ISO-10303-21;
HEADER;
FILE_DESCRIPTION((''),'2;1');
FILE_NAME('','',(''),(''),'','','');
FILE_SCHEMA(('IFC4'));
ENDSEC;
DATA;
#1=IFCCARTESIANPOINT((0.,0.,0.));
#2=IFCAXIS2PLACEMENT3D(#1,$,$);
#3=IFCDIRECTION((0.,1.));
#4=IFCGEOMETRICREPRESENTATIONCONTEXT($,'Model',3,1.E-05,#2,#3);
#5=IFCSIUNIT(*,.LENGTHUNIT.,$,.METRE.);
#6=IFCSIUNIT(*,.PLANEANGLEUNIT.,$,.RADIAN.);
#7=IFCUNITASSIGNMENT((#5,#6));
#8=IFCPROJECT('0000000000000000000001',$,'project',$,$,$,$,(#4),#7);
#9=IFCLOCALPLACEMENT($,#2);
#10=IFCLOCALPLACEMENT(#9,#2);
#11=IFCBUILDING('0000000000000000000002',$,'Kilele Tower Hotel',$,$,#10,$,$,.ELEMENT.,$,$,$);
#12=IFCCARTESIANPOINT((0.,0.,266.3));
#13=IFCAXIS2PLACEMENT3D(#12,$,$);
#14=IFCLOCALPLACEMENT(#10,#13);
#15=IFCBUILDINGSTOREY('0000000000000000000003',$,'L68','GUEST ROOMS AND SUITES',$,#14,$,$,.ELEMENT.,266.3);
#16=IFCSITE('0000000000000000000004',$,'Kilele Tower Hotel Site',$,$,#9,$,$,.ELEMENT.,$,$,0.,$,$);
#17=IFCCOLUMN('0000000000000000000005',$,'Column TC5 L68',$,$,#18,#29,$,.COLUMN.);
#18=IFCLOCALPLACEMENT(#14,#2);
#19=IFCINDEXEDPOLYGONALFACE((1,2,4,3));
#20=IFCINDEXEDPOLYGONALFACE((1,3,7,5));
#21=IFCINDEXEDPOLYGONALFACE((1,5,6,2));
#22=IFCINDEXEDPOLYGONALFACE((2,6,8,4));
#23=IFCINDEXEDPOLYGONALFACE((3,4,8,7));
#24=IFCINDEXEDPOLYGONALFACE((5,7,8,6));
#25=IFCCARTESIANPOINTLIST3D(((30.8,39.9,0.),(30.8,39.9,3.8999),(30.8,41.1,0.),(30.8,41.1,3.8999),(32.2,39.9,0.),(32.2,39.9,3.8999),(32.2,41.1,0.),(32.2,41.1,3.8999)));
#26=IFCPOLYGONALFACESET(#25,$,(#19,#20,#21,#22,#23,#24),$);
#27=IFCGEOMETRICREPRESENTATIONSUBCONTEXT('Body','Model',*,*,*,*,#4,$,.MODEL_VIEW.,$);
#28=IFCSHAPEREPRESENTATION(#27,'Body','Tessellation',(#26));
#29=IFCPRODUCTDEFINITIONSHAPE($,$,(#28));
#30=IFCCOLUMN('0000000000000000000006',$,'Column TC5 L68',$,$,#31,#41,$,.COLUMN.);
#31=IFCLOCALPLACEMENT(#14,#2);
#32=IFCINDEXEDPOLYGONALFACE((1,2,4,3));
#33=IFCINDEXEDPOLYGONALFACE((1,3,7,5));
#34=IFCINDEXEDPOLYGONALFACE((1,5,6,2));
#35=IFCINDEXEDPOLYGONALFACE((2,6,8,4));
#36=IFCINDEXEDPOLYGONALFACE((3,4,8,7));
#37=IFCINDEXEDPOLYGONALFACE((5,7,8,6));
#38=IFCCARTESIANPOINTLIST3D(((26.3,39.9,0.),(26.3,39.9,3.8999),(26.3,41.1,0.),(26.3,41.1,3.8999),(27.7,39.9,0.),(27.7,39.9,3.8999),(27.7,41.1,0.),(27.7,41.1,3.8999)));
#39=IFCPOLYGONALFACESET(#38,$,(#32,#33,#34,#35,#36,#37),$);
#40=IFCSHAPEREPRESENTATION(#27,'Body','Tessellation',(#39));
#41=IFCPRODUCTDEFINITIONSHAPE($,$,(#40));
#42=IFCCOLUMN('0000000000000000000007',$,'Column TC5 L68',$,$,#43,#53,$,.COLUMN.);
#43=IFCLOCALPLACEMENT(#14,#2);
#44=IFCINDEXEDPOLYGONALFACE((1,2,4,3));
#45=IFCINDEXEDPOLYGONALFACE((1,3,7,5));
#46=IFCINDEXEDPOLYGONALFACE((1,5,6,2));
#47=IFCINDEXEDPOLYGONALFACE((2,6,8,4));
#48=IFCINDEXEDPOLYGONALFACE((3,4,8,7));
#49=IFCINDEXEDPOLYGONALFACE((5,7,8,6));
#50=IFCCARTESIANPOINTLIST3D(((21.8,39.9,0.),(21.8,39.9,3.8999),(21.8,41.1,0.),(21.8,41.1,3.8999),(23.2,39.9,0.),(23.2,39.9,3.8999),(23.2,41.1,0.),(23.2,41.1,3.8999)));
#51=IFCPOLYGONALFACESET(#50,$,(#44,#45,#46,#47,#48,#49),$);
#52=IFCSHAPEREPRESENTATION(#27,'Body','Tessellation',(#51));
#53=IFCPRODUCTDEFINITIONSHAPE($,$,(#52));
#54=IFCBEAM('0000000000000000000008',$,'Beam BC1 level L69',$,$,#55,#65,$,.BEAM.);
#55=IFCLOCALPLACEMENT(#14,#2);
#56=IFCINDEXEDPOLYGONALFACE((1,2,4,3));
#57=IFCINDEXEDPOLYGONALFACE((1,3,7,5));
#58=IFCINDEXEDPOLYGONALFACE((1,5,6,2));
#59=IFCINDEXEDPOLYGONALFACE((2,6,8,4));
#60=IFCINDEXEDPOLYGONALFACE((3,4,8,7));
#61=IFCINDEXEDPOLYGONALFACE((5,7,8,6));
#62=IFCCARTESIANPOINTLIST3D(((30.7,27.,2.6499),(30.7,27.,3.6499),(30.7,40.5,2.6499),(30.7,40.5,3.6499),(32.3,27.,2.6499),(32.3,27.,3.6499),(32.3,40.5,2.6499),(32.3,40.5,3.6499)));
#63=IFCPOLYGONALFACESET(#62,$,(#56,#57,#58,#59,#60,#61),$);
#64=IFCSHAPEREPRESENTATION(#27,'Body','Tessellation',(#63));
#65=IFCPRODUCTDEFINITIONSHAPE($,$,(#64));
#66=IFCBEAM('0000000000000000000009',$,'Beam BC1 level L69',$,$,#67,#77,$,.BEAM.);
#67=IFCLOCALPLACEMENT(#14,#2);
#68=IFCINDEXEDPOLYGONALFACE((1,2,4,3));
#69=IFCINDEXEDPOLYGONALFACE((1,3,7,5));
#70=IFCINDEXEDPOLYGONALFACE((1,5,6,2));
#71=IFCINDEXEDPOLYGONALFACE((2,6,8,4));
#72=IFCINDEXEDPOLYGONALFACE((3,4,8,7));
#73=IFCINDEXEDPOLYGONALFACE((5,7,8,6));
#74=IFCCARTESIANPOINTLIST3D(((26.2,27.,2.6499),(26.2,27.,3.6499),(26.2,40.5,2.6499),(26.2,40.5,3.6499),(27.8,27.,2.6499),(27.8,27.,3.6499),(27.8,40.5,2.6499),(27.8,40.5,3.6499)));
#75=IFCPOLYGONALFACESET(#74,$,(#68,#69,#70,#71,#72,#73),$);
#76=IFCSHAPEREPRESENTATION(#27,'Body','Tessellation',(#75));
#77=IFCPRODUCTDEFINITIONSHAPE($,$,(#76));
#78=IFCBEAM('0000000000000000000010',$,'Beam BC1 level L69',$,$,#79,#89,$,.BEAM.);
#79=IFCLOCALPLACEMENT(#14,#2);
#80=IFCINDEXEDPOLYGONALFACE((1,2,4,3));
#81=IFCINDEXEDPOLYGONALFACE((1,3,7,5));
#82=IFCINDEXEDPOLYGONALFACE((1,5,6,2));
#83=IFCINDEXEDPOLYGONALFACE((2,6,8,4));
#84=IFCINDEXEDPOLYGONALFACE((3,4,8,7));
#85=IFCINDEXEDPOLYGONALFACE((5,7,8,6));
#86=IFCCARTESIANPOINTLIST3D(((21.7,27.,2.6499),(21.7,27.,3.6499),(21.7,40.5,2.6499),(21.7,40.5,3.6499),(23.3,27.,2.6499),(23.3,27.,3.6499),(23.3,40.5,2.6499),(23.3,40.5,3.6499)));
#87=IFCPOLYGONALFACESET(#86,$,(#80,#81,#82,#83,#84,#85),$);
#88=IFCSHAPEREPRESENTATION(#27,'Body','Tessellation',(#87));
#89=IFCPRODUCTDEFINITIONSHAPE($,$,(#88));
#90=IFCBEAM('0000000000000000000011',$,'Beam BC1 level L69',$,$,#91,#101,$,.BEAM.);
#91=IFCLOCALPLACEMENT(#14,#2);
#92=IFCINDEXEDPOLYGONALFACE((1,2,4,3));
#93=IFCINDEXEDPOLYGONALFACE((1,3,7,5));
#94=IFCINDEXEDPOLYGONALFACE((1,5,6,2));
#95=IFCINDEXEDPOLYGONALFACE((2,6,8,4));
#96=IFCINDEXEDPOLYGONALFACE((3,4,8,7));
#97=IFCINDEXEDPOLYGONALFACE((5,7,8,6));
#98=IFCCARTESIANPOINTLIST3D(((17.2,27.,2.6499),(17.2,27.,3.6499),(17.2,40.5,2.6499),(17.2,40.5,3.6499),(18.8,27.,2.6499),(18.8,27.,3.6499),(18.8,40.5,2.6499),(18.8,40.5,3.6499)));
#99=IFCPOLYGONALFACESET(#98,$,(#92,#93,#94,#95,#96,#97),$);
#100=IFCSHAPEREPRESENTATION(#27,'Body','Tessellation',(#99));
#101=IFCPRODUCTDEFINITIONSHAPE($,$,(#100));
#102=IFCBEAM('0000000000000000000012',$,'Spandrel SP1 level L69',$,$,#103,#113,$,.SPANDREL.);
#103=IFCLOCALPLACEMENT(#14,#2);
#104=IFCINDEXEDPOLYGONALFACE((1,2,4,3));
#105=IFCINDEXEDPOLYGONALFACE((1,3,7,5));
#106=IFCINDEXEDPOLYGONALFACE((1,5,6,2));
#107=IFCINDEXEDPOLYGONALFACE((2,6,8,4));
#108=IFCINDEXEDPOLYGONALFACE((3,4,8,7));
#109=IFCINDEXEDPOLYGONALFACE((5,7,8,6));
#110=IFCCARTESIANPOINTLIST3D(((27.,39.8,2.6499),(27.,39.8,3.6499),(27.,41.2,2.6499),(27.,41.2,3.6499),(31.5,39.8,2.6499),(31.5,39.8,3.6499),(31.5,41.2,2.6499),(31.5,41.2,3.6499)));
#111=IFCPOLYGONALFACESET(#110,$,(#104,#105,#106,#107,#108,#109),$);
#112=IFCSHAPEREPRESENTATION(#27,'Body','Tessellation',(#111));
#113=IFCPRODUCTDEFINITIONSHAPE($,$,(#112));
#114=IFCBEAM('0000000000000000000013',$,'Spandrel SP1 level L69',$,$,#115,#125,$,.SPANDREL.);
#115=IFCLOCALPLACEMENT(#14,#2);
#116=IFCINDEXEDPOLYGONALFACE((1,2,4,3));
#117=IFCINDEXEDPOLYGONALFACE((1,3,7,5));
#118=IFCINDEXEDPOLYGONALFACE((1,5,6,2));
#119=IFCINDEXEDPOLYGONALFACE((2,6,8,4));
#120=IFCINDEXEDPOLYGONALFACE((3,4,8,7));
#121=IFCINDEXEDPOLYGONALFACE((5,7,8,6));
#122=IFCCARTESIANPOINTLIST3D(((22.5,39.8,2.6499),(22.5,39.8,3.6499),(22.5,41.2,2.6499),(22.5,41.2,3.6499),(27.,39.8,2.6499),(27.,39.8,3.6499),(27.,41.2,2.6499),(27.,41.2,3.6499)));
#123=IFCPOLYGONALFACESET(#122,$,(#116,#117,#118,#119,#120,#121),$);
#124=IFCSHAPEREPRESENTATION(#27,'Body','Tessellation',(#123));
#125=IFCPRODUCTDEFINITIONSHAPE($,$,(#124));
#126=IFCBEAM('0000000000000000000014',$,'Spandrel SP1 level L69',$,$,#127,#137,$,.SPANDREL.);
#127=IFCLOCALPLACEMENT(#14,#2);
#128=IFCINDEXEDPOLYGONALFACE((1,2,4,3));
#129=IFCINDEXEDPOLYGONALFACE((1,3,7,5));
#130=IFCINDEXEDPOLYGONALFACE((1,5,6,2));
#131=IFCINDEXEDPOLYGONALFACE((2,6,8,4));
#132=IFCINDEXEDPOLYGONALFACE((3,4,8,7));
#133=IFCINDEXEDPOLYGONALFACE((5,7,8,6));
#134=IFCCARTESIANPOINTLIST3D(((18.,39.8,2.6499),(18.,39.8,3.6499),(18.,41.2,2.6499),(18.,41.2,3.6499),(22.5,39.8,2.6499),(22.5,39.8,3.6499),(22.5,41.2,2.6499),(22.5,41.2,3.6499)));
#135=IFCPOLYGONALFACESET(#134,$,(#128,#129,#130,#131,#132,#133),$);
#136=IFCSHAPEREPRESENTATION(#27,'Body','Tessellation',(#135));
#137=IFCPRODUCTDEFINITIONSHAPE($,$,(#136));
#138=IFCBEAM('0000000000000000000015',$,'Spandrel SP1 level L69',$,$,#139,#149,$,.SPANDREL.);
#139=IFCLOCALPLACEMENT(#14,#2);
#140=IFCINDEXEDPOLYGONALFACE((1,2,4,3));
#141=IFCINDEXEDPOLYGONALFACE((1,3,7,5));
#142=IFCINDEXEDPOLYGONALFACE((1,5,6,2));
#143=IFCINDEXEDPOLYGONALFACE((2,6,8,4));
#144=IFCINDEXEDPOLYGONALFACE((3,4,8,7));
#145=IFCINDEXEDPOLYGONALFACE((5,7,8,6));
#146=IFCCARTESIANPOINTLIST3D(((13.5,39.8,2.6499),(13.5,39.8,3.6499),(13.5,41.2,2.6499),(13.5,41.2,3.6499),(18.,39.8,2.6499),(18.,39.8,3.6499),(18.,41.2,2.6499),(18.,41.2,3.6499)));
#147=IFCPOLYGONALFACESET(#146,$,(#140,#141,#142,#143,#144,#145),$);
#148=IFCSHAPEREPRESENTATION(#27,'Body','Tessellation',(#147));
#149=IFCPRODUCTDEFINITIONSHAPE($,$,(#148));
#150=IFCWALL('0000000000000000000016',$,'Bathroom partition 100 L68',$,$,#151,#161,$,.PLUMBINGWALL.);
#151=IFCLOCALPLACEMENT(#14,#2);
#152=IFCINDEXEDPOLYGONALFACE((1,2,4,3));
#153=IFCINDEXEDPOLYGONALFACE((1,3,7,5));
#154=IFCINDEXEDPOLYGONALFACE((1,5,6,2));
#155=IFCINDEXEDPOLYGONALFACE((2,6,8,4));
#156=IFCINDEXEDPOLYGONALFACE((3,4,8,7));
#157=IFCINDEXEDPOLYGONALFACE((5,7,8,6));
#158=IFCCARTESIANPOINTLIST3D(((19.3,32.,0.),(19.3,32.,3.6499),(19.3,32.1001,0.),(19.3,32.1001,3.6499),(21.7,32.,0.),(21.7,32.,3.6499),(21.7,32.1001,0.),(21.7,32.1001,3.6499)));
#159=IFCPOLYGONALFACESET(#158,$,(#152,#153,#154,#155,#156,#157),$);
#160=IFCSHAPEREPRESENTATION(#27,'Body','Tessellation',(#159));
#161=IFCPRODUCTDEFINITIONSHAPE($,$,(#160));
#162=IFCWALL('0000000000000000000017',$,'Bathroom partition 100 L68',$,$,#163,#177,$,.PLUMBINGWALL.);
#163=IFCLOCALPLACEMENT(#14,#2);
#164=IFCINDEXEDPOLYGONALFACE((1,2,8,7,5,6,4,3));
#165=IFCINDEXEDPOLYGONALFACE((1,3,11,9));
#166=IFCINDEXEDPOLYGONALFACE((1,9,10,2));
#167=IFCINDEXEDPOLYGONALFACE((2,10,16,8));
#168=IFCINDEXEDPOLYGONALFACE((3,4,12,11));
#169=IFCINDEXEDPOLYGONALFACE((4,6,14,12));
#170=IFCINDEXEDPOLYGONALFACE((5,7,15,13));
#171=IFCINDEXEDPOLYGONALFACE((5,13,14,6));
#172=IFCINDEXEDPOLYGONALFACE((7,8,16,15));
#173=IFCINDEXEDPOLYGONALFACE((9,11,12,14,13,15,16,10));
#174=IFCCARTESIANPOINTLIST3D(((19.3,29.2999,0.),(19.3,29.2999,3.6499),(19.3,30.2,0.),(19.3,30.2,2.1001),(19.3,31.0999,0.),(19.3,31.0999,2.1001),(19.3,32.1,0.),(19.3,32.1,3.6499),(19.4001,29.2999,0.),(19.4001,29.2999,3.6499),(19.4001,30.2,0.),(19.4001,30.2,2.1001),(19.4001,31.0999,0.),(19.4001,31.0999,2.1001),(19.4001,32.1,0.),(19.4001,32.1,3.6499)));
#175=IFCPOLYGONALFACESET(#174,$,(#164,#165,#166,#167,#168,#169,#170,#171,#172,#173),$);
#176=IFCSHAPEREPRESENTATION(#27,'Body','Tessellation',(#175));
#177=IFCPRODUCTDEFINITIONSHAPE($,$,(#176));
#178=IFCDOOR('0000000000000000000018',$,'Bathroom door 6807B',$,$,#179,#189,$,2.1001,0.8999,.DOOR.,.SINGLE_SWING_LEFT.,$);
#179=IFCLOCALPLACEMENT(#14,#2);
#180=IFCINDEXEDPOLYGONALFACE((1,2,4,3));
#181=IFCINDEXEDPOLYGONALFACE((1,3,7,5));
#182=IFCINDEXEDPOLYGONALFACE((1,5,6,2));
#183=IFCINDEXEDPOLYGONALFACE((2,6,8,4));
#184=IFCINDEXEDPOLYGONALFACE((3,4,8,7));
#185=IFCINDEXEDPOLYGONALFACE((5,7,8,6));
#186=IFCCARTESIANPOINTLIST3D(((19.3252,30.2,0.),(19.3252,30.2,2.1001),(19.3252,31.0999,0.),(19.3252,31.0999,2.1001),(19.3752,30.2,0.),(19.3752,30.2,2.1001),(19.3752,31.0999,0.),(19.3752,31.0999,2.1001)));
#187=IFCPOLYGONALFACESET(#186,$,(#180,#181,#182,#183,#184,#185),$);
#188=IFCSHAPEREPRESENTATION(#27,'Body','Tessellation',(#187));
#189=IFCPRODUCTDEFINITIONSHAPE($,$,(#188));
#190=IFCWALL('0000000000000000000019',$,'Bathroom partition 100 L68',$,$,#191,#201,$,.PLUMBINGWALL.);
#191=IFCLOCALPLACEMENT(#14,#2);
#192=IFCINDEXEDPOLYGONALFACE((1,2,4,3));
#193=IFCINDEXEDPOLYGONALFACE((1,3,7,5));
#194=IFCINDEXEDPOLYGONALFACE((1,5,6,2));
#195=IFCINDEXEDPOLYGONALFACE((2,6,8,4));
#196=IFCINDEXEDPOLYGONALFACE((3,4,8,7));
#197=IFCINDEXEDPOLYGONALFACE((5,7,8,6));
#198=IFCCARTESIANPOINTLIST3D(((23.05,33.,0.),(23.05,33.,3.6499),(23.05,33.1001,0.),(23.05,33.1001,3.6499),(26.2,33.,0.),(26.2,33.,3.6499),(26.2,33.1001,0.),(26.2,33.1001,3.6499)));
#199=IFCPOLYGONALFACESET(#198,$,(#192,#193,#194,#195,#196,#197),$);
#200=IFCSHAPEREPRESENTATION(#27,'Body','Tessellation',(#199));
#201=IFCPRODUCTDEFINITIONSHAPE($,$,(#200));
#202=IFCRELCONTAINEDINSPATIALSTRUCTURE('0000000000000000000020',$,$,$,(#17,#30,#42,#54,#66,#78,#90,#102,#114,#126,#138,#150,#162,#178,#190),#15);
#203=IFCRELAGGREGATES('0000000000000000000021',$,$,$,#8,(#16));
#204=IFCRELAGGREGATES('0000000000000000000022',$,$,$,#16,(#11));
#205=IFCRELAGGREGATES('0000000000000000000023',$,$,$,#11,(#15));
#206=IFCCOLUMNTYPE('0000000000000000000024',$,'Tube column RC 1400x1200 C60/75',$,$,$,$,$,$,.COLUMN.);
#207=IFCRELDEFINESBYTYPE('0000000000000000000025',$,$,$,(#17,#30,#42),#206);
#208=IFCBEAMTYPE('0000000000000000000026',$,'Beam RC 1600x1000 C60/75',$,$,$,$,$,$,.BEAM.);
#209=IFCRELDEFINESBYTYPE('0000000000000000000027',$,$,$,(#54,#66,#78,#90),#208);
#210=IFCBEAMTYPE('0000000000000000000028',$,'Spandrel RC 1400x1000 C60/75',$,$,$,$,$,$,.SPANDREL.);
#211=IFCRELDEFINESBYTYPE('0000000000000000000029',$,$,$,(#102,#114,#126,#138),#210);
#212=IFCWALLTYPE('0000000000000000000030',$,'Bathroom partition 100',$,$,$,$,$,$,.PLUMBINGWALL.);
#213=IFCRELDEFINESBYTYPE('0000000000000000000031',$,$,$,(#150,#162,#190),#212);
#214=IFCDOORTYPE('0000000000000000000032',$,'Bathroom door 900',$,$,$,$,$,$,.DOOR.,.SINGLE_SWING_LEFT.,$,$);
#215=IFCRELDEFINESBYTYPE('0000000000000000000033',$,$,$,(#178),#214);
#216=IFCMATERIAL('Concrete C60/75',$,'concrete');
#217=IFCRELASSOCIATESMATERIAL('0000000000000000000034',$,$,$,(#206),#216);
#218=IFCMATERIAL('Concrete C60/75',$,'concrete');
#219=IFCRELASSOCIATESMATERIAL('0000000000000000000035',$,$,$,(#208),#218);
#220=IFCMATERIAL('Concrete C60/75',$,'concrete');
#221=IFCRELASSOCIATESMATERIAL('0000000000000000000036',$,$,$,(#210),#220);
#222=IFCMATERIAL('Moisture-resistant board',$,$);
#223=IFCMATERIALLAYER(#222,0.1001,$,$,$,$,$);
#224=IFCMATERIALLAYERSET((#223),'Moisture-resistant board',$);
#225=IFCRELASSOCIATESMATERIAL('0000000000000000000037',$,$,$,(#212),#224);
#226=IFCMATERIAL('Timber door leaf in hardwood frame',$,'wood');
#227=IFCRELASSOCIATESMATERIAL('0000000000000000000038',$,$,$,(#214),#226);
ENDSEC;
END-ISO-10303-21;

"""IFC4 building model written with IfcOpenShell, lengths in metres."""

from ifc_helpers import new_model, si_unit, direction, frame, frame_2d, origin, origin_2d, place, context, subcontext, project, spatial, rectangle, extrude, material, layer, layer_set, material_profile, profile_set, type_object, element, fill, save


model = new_model("IFC4")

# Units and contexts
model_context = context("Model", 3, precision=1e-05, world=origin(), true_north=direction((0.0, 1.0)))
body_context = subcontext(model_context, "Body", "Model", "MODEL_VIEW")
ifc_project = project(units=[si_unit("LENGTHUNIT", "METRE"), si_unit("PLANEANGLEUNIT", "RADIAN")], contexts=[model_context])

# Site, building, storey
site_placement = place(None, origin())
site = spatial("IfcSite", under=ifc_project, at=site_placement, Name="Kilele Tower Hotel Site", CompositionType="ELEMENT", RefElevation=0.0)
building_placement = place(site_placement, origin())
building = spatial("IfcBuilding", under=site, at=building_placement, Name="Kilele Tower Hotel", CompositionType="ELEMENT")
storey_placement = place(building_placement, frame((0.0, 0.0, 266.3)))
storey = spatial("IfcBuildingStorey", under=building, at=storey_placement, Name="L68", Description="GUEST ROOMS AND SUITES", CompositionType="ELEMENT", Elevation=266.3)

# Columns
ifc_material_1 = material(Name="Concrete C60/75", Category="concrete")
ifc_material_profile_1 = material_profile(ifc_material_1, rectangle(XDim=1.3999, YDim=1.2, at=origin_2d()))
ifc_profile_set_1 = profile_set([ifc_material_profile_1], Name="Concrete C60/75")
column_type = type_object("IfcColumnType", Name="Tube column RC 1400x1200 C60/75", PredefinedType="COLUMN", material=ifc_profile_set_1)
for number, where, z_axis, x_axis, name in (
    (1, (31.5, 40.5, 0.0), (0.0, 0.0, 1.0), (1.0, 0.0, 0.0), "Column TC5 L68"),
    (2, (27.0, 40.5, 0.0), (0.0, 0.0, 1.0), (1.0, 0.0, 0.0), "Column TC5 L68"),
    (3, (22.5, 40.5, 0.0), (0.0, 0.0, 1.0), (1.0, 0.0, 0.0), "Column TC5 L68"),
):
    element("IfcColumn", number, at=place(storey_placement, frame(where, z_axis=z_axis, x_axis=x_axis)), inside=storey, type_object=column_type, Name=name, PredefinedType="COLUMN", context=body_context, shape_type="SweptSolid", body=[
        extrude(rectangle(XDim=1.3999, YDim=1.2, at=origin_2d()), origin(), (0.0, 0.0, 1.0), 3.8999),
    ])

# Beams
ifc_material_2 = material(Name="Concrete C60/75", Category="concrete")
ifc_material_profile_2 = material_profile(ifc_material_2, rectangle(XDim=1.6001, YDim=1.0, at=origin_2d()))
ifc_profile_set_2 = profile_set([ifc_material_profile_2], Name="Concrete C60/75")
beam_type_1 = type_object("IfcBeamType", Name="Beam RC 1600x1000 C60/75", PredefinedType="BEAM", material=ifc_profile_set_2)
for number, where, z_axis, x_axis, name in (
    (4, (31.5, 40.5, 3.1499), (0.0, -1.0, 0.0), (1.0, 0.0, 0.0), "Beam BC1 level L69"),
    (5, (27.0, 40.5, 3.1499), (0.0, -1.0, 0.0), (1.0, 0.0, 0.0), "Beam BC1 level L69"),
    (6, (22.5, 40.5, 3.1499), (0.0, -1.0, 0.0), (1.0, 0.0, 0.0), "Beam BC1 level L69"),
    (7, (18.0, 40.5, 3.1499), (0.0, -1.0, 0.0), (1.0, 0.0, 0.0), "Beam BC1 level L69"),
):
    element("IfcBeam", number, at=place(storey_placement, frame(where, z_axis=z_axis, x_axis=x_axis)), inside=storey, type_object=beam_type_1, Name=name, PredefinedType="BEAM", context=body_context, shape_type="SweptSolid", body=[
        extrude(rectangle(XDim=1.6001, YDim=1.0, at=origin_2d()), origin(), (0.0, 0.0, 1.0), 13.5),
    ])
ifc_material_3 = material(Name="Concrete C60/75", Category="concrete")
ifc_material_profile_3 = material_profile(ifc_material_3, rectangle(XDim=1.3999, YDim=1.0, at=origin_2d()))
ifc_profile_set_3 = profile_set([ifc_material_profile_3], Name="Concrete C60/75")
beam_type_2 = type_object("IfcBeamType", Name="Spandrel RC 1400x1000 C60/75", PredefinedType="SPANDREL", material=ifc_profile_set_3)
for number, where, z_axis, x_axis, name in (
    (8, (31.5, 40.5, 3.1499), (-1.0, 0.0, 0.0), (0.0, -1.0, 0.0), "Spandrel SP1 level L69"),
    (9, (27.0, 40.5, 3.1499), (-1.0, 0.0, 0.0), (0.0, -1.0, 0.0), "Spandrel SP1 level L69"),
    (10, (22.5, 40.5, 3.1499), (-1.0, 0.0, 0.0), (0.0, -1.0, 0.0), "Spandrel SP1 level L69"),
    (11, (18.0, 40.5, 3.1499), (-1.0, 0.0, 0.0), (0.0, -1.0, 0.0), "Spandrel SP1 level L69"),
):
    element("IfcBeam", number, at=place(storey_placement, frame(where, z_axis=z_axis, x_axis=x_axis)), inside=storey, type_object=beam_type_2, Name=name, PredefinedType="SPANDREL", context=body_context, shape_type="SweptSolid", body=[
        extrude(rectangle(XDim=1.3999, YDim=1.0, at=origin_2d()), origin(), (0.0, 0.0, 1.0), 4.5),
    ])

# Wall
ifc_material_4 = material(Name="Moisture-resistant board")
ifc_layer_1 = layer(ifc_material_4, 0.1001)
ifc_layer_set_1 = layer_set([ifc_layer_1], Name="Moisture-resistant board")
wall_type_1 = type_object("IfcWallType", Name="Bathroom partition 100", PredefinedType="PLUMBINGWALL", material=ifc_layer_set_1)
wall_1_placement = place(storey_placement, frame((19.3, 32.05, 0.0), z_axis=(0.0, 0.0, 1.0), x_axis=(1.0, 0.0, 0.0)))
element("IfcWall", 12, at=wall_1_placement, inside=storey, type_object=wall_type_1, Name="Bathroom partition 100 L68", PredefinedType="PLUMBINGWALL", context=body_context, shape_type="SweptSolid", body=[
    extrude(rectangle(XDim=2.3999, YDim=0.1001, at=frame_2d((1.2, 0.0))), origin(), (0.0, 0.0, 1.0), 3.6499),
])

# Wall, opening, door
wall_2_placement = place(storey_placement, frame((19.3501, 29.3, 0.0), z_axis=(0.0, 0.0, 1.0), x_axis=(0.0, 1.0, 0.0)))
wall_2 = element("IfcWall", 13, at=wall_2_placement, inside=storey, type_object=wall_type_1, Name="Bathroom partition 100 L68", PredefinedType="PLUMBINGWALL", context=body_context, shape_type="SweptSolid", body=[
    extrude(rectangle(XDim=2.8, YDim=0.1001, at=frame_2d((1.3999, 0.0))), origin(), (0.0, 0.0, 1.0), 3.6499),
])
opening_1_placement = place(wall_2_placement, frame((0.8999, 0.0, 0.0)))
opening_1 = element("IfcOpeningElement", 14, at=opening_1_placement, cuts=wall_2, PredefinedType="OPENING", context=body_context, shape_type="SweptSolid", body=[
    extrude(rectangle(XDim=0.8999, YDim=2.1001, at=frame_2d((0.45, 1.05))), frame((0.0, 0.0601, 0.0), z_axis=(0.0, -1.0, 0.0), x_axis=(1.0, 0.0, 0.0)), (0.0, 0.0, 1.0), 0.1201),
])
ifc_material_5 = material(Name="Timber door leaf in hardwood frame", Category="wood")
door_type_1 = type_object("IfcDoorType", Name="Bathroom door 900", OperationType="SINGLE_SWING_LEFT", PredefinedType="DOOR", material=ifc_material_5)
door_1_placement = place(opening_1_placement, origin())
door_1 = element("IfcDoor", 15, at=door_1_placement, inside=storey, type_object=door_type_1, Name="Bathroom door 6807B", OperationType="SINGLE_SWING_LEFT", OverallHeight=2.1001, OverallWidth=0.8999, PredefinedType="DOOR", context=body_context, shape_type="SweptSolid", body=[
    extrude(rectangle(XDim=0.8999, YDim=2.1001, at=frame_2d((0.45, 1.05))), frame((0.0, 0.0249, 0.0), z_axis=(0.0, -1.0, 0.0), x_axis=(1.0, 0.0, 0.0)), (0.0, 0.0, 1.0), 0.05),
])
fill(opening_1, door_1)

# Wall
wall_3_placement = place(storey_placement, frame((23.05, 33.05, 0.0), z_axis=(0.0, 0.0, 1.0), x_axis=(1.0, 0.0, 0.0)))
element("IfcWall", 16, at=wall_3_placement, inside=storey, type_object=wall_type_1, Name="Bathroom partition 100 L68", PredefinedType="PLUMBINGWALL", context=body_context, shape_type="SweptSolid", body=[
    extrude(rectangle(XDim=3.1499, YDim=0.1001, at=frame_2d((1.575, 0.0))), origin(), (0.0, 0.0, 1.0), 3.6499),
])

save(model, "model.ifc")
